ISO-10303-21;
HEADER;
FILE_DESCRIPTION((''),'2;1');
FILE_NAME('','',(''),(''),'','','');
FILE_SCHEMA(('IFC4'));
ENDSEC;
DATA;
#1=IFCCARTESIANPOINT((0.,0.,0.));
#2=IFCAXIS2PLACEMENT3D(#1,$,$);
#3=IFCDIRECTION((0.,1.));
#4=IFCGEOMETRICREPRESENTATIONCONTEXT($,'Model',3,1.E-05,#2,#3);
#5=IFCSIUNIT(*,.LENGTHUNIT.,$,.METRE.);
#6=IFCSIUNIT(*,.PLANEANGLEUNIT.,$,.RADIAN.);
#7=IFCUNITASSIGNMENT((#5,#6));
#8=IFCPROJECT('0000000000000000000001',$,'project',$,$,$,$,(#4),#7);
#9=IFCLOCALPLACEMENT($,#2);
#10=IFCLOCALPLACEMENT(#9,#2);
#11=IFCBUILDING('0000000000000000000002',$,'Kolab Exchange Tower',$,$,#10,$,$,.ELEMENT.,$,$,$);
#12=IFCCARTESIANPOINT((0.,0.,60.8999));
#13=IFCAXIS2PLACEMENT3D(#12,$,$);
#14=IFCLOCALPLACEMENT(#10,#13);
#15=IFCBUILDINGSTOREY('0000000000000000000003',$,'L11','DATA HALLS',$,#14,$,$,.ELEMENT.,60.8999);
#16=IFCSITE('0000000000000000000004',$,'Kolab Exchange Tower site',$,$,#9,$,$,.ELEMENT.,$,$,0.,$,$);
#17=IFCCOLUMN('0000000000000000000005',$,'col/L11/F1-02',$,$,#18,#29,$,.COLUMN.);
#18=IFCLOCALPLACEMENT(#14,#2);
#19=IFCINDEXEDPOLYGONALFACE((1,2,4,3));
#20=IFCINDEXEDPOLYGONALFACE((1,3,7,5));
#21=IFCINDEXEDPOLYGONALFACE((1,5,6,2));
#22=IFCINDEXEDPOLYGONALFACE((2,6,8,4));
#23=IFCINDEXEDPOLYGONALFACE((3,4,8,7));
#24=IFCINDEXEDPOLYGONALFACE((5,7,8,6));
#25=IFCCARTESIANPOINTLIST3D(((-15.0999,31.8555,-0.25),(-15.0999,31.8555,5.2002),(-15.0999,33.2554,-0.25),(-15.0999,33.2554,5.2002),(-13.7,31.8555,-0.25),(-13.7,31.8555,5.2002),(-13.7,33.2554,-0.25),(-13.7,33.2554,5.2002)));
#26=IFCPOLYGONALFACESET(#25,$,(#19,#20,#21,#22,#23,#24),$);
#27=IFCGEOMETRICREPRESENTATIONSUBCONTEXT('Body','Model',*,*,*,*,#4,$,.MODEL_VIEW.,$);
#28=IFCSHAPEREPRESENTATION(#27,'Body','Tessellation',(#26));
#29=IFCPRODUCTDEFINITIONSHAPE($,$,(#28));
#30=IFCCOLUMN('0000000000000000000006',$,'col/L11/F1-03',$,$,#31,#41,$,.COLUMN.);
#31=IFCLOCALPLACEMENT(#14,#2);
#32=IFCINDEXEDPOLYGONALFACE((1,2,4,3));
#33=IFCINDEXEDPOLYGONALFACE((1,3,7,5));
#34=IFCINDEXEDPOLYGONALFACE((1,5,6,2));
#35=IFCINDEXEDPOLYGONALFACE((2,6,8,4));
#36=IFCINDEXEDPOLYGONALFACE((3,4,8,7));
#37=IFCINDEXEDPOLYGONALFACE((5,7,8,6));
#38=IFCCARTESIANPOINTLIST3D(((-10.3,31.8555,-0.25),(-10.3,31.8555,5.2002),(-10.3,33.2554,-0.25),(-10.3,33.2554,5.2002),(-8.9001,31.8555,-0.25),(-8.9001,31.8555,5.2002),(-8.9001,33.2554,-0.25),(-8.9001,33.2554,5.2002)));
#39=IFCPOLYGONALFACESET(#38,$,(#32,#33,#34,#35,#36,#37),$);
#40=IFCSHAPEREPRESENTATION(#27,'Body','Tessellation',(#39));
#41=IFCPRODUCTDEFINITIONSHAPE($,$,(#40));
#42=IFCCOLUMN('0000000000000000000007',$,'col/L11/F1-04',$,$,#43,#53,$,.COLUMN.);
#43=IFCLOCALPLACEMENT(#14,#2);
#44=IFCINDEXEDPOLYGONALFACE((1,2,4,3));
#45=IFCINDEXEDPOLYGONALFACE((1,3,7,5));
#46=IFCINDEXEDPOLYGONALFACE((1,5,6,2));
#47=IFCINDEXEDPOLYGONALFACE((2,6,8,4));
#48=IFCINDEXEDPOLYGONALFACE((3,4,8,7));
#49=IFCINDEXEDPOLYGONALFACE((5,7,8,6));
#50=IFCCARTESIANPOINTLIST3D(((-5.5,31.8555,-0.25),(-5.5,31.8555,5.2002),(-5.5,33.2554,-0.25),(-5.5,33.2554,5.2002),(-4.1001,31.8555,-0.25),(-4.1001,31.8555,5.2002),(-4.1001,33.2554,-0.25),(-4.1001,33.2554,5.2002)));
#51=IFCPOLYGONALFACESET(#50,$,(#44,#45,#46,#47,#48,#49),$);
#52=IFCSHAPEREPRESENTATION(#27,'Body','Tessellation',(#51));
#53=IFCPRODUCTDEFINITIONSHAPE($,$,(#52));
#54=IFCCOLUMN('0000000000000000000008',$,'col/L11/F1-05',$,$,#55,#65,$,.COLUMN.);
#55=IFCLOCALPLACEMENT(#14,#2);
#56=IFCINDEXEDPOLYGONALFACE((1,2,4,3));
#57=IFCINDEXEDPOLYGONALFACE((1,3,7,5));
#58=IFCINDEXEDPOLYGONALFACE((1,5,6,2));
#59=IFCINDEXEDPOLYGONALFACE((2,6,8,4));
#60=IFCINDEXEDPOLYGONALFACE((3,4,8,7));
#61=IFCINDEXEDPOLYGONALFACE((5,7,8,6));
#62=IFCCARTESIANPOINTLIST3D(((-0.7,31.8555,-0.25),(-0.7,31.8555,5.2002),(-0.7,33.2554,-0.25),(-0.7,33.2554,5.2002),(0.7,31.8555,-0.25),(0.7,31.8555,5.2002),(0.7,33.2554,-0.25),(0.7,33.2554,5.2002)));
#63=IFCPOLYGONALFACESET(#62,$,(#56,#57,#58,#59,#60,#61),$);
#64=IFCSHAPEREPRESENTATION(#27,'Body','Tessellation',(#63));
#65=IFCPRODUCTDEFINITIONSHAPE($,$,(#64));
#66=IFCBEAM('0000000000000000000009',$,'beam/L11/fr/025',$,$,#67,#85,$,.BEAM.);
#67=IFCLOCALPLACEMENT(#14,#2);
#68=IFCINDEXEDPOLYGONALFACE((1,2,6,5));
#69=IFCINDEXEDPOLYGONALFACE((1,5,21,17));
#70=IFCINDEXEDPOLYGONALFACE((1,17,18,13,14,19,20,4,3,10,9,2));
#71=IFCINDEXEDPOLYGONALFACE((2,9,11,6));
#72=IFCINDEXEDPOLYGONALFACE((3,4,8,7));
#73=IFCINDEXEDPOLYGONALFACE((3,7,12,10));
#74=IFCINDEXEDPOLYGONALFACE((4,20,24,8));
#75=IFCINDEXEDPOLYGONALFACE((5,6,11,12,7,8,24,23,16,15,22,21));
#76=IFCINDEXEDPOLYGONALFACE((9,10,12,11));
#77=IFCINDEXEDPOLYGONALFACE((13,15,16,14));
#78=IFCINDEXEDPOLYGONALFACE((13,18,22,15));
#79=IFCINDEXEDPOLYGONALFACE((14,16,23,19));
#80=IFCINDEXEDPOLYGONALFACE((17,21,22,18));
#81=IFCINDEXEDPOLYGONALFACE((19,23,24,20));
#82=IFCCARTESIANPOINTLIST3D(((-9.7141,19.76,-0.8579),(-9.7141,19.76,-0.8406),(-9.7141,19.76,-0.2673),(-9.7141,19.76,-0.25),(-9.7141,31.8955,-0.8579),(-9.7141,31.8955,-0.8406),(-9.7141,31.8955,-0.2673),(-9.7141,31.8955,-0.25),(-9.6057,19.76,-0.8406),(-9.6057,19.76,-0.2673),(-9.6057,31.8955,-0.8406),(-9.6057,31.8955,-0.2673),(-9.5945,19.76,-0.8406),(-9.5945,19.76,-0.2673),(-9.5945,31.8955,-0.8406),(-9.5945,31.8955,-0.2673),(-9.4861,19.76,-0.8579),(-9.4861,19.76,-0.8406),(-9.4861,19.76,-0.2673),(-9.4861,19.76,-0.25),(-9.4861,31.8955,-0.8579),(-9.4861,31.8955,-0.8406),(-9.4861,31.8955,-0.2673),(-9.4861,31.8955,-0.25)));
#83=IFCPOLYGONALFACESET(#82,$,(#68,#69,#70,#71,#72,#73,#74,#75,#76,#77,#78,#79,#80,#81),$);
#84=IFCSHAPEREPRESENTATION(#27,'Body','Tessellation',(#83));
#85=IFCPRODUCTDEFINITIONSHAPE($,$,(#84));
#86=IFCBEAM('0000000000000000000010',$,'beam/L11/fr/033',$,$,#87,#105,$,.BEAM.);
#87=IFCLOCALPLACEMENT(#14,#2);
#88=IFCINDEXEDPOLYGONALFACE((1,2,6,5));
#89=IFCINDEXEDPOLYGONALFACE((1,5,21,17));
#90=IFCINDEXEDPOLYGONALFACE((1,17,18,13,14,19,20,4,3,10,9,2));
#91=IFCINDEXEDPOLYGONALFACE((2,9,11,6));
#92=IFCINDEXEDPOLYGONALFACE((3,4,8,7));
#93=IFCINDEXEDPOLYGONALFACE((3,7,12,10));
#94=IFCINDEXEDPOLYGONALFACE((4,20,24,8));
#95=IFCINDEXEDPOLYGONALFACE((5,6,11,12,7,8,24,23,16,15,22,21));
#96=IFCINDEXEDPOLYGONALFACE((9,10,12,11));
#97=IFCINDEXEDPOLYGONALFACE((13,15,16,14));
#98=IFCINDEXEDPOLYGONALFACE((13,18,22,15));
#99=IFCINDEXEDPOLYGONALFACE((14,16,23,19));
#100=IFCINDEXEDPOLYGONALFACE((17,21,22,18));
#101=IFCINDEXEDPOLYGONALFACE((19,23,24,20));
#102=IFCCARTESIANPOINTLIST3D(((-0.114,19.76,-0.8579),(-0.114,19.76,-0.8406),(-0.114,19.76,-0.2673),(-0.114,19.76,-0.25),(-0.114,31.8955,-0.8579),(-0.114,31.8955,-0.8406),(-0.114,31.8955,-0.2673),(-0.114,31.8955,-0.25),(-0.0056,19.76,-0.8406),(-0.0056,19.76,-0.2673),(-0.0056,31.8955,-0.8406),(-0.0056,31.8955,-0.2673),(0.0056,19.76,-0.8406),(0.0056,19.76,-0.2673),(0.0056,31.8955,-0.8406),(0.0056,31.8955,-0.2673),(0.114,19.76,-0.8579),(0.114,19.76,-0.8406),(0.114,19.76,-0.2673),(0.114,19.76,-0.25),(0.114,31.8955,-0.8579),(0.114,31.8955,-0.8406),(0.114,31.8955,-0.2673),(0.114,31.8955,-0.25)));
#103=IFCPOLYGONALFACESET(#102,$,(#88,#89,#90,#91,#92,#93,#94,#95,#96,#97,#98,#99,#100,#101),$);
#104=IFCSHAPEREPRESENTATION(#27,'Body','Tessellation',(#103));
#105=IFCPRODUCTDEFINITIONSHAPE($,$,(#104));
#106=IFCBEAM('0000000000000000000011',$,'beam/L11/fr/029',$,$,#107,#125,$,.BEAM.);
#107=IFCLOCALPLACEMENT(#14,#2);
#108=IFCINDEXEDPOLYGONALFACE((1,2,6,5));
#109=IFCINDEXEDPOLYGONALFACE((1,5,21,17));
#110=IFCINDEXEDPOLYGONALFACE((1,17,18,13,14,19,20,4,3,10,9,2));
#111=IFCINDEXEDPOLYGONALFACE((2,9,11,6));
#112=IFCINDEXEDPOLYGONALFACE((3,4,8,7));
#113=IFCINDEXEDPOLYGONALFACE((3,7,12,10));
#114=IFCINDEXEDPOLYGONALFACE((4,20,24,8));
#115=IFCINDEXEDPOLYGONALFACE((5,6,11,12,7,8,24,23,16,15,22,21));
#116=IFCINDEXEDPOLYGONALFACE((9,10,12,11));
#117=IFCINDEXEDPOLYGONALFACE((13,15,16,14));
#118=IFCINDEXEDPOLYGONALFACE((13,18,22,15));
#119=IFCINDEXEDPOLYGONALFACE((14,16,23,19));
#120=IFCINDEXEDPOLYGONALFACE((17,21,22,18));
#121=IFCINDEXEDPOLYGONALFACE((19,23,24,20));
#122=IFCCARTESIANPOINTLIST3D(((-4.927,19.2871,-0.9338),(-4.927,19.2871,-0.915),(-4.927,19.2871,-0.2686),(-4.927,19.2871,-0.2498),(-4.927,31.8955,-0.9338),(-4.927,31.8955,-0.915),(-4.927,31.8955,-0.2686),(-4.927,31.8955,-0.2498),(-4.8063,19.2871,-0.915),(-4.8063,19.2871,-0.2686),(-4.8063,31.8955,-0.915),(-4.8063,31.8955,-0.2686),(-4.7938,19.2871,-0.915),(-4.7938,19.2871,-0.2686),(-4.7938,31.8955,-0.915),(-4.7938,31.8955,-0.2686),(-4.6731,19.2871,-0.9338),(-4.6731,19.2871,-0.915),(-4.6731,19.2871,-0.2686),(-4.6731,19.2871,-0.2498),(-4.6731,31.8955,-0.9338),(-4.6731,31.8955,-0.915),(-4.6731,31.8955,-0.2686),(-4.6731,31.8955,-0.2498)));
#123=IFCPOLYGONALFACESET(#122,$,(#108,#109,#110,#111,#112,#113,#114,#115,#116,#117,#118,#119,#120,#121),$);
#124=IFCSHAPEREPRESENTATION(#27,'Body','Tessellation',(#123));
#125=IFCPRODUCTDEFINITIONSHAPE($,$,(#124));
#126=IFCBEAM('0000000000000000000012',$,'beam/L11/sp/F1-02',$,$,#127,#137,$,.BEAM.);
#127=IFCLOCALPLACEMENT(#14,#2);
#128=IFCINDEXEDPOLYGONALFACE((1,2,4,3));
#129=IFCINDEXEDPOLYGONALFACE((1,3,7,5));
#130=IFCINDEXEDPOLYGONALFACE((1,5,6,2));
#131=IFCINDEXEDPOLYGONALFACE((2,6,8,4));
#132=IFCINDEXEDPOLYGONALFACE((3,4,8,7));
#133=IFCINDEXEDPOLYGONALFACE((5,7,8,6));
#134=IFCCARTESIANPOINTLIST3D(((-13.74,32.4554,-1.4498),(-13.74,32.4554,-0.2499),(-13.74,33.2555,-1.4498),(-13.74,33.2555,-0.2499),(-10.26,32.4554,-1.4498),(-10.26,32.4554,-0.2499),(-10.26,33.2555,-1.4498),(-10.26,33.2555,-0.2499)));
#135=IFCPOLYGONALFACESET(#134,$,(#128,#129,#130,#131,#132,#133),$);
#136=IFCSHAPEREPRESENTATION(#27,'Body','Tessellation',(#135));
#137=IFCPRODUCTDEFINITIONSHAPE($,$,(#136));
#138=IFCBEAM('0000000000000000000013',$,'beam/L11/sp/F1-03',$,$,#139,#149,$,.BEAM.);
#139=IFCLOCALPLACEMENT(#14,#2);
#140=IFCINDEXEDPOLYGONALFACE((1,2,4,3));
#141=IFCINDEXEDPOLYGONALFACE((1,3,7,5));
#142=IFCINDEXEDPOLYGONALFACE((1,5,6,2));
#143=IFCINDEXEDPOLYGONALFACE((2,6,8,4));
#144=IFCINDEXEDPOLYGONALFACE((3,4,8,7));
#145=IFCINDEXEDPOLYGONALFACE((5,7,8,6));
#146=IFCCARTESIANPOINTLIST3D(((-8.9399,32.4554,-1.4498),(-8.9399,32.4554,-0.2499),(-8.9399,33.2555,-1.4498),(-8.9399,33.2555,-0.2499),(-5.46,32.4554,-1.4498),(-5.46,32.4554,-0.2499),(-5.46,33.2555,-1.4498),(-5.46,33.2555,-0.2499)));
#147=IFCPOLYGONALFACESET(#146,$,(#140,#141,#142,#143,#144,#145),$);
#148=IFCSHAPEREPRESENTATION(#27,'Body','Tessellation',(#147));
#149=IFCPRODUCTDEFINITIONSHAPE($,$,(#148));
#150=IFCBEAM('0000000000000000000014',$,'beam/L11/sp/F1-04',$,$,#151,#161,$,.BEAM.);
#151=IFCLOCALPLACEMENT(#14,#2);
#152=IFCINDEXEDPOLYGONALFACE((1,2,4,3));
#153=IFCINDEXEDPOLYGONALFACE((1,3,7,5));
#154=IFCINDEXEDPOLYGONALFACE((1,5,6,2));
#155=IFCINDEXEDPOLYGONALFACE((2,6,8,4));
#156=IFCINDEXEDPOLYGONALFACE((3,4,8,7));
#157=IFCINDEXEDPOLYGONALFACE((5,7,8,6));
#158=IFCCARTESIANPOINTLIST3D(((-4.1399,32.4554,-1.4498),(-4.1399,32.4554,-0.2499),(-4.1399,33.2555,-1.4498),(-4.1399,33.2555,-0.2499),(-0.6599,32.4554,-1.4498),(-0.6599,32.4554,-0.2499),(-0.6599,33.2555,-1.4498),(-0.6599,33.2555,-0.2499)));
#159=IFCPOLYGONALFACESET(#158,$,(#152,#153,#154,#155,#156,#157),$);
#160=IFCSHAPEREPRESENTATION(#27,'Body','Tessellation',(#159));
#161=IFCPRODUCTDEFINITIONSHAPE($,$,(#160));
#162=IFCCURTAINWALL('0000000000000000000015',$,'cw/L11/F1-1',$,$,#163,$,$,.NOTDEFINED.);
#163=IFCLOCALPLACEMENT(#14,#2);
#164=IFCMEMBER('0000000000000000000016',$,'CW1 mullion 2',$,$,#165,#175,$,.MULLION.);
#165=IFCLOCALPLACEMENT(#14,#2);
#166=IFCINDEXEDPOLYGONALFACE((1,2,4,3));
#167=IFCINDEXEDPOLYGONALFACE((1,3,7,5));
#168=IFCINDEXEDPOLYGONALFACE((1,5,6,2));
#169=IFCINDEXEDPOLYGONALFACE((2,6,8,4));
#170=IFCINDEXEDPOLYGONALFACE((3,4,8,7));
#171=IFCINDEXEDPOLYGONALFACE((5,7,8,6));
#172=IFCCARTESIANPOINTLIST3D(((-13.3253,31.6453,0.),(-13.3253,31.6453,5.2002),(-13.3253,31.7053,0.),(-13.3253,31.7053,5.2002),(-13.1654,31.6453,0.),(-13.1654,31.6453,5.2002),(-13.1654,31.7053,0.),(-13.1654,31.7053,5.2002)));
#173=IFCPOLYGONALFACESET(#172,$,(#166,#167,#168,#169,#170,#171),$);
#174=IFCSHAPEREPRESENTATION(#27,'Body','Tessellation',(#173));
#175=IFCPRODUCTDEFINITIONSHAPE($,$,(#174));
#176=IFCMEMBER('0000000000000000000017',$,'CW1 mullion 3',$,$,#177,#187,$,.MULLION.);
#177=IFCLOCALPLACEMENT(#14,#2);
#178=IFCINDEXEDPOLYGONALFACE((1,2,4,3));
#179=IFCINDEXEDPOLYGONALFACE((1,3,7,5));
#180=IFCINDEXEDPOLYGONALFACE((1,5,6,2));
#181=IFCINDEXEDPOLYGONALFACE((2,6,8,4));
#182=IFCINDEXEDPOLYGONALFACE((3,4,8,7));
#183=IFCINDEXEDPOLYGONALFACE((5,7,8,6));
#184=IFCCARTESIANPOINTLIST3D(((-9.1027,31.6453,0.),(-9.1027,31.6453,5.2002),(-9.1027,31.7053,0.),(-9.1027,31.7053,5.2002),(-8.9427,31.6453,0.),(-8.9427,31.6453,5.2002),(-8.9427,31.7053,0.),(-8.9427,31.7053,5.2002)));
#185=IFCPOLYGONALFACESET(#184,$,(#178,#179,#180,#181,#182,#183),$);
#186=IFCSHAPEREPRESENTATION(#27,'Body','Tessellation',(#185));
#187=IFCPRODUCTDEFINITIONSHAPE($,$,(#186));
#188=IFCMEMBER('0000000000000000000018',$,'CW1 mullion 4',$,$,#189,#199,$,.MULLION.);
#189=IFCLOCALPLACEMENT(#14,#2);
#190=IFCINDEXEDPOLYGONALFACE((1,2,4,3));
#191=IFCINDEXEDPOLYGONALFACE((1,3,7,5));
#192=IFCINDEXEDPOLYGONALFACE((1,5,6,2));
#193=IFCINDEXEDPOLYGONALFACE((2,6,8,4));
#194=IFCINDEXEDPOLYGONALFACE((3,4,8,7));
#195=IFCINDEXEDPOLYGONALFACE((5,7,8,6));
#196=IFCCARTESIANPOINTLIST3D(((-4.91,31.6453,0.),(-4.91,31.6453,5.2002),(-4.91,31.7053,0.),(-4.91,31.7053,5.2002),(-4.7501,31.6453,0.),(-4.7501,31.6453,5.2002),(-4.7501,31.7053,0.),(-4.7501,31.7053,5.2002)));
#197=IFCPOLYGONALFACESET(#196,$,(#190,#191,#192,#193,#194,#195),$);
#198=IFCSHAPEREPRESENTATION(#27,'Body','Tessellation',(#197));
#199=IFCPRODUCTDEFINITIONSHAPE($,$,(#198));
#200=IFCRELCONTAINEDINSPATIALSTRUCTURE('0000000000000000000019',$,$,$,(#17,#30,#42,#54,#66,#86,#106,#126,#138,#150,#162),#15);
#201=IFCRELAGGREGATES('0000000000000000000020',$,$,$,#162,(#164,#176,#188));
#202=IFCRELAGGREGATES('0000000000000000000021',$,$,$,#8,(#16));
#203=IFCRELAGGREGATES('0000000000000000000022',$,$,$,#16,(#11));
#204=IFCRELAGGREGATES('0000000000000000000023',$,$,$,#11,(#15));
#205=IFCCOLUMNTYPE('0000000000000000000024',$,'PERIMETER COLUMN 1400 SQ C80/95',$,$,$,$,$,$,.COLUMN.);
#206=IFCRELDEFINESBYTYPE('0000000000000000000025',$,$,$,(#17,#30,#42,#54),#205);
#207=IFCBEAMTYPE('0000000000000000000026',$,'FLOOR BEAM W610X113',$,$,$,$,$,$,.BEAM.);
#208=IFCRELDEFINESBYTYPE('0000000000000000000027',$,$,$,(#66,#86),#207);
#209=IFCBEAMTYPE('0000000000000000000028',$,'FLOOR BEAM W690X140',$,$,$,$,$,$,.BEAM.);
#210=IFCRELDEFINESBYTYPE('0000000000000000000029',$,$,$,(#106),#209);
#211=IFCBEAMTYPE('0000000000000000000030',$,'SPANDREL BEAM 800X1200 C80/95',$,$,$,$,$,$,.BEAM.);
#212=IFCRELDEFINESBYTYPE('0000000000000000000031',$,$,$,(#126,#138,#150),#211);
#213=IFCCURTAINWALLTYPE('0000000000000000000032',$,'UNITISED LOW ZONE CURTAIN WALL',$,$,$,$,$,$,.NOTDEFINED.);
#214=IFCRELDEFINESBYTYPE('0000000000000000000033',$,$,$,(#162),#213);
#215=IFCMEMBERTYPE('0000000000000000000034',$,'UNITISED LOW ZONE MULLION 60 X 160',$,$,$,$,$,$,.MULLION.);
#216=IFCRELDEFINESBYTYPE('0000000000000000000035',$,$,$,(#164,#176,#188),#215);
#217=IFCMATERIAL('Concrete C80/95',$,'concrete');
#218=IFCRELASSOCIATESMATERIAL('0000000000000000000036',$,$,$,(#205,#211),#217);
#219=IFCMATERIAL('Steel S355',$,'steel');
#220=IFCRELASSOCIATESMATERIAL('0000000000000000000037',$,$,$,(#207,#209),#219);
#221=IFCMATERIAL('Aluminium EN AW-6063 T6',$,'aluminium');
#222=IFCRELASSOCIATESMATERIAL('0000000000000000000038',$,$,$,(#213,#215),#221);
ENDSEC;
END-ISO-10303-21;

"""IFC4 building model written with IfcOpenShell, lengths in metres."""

from ifc_helpers import new_model, si_unit, direction, frame, origin, origin_2d, place, context, subcontext, project, spatial, rectangle, i_section, extrude, material, material_profile, profile_set, type_object, element, aggregate, save


model = new_model("IFC4")

# Units and contexts
model_context = context("Model", 3, precision=1e-05, world=origin(), true_north=direction((0.0, 1.0)))
body_context = subcontext(model_context, "Body", "Model", "MODEL_VIEW")
ifc_project = project(units=[si_unit("LENGTHUNIT", "METRE"), si_unit("PLANEANGLEUNIT", "RADIAN")], contexts=[model_context])

# Site, building, storey
site_placement = place(None, origin())
site = spatial("IfcSite", under=ifc_project, at=site_placement, Name="Kolab Exchange Tower site", CompositionType="ELEMENT", RefElevation=0.0)
building_placement = place(site_placement, origin())
building = spatial("IfcBuilding", under=site, at=building_placement, Name="Kolab Exchange Tower", CompositionType="ELEMENT")
storey_placement = place(building_placement, frame((0.0, 0.0, 60.8999)))
storey = spatial("IfcBuildingStorey", under=building, at=storey_placement, Name="L11", Description="DATA HALLS", CompositionType="ELEMENT", Elevation=60.8999)

# Columns
ifc_material_1 = material(Name="Concrete C80/95", Category="concrete")
ifc_material_profile_1 = material_profile(ifc_material_1, rectangle(XDim=1.3999, YDim=1.3999, at=origin_2d()), Name="RC1400")
ifc_profile_set_1 = profile_set([ifc_material_profile_1], Name="Concrete C80/95")
column_type = type_object("IfcColumnType", Name="PERIMETER COLUMN 1400 SQ C80/95", PredefinedType="COLUMN", material=ifc_profile_set_1)
for number, where, z_axis, x_axis, name in (
    (1, (-14.3999, 32.5554, -0.25), (0.0, 0.0, 1.0), (1.0, 0.0, 0.0), "col/L11/F1-02"),
    (2, (-9.6001, 32.5554, -0.25), (0.0, 0.0, 1.0), (1.0, 0.0, 0.0), "col/L11/F1-03"),
    (3, (-4.8, 32.5554, -0.25), (0.0, 0.0, 1.0), (1.0, 0.0, 0.0), "col/L11/F1-04"),
    (4, (0.0, 32.5554, -0.25), (0.0, 0.0, 1.0), (1.0, 0.0, 0.0), "col/L11/F1-05"),
):
    element("IfcColumn", number, at=place(storey_placement, frame(where, z_axis=z_axis, x_axis=x_axis)), inside=storey, type_object=column_type, Name=name, PredefinedType="COLUMN", context=body_context, shape_type="SweptSolid", body=[
        extrude(rectangle(XDim=1.3999, YDim=1.3999, at=origin_2d()), origin(), (0.0, 0.0, 1.0), 5.4502),
    ])

# Beams
ifc_material_2 = material(Name="Steel S355", Category="steel")
ifc_material_profile_2 = material_profile(ifc_material_2, i_section(OverallWidth=0.228, OverallDepth=0.6079, WebThickness=0.0112, FlangeThickness=0.0173, at=origin_2d()), Name="W610X113")
ifc_profile_set_2 = profile_set([ifc_material_profile_2], Name="Steel S355")
beam_type_1 = type_object("IfcBeamType", Name="FLOOR BEAM W610X113", PredefinedType="BEAM", material=ifc_profile_set_2)
for number, where, z_axis, x_axis, name in (
    (5, (-9.6001, 19.76, -0.554), (0.0, 1.0, 0.0), (-1.0, 0.0, 0.0), "beam/L11/fr/025"),
    (6, (0.0, 19.76, -0.554), (0.0, 1.0, 0.0), (-1.0, 0.0, 0.0), "beam/L11/fr/033"),
):
    element("IfcBeam", number, at=place(storey_placement, frame(where, z_axis=z_axis, x_axis=x_axis)), inside=storey, type_object=beam_type_1, Name=name, PredefinedType="BEAM", context=body_context, shape_type="SweptSolid", body=[
        extrude(i_section(OverallWidth=0.228, OverallDepth=0.6079, WebThickness=0.0112, FlangeThickness=0.0173, at=origin_2d()), origin(), (0.0, 0.0, 1.0), 12.1355),
    ])
ifc_material_profile_3 = material_profile(ifc_material_2, i_section(OverallWidth=0.2539, OverallDepth=0.6841, WebThickness=0.0125, FlangeThickness=0.0188, at=origin_2d()), Name="W690X140")
ifc_profile_set_3 = profile_set([ifc_material_profile_3], Name="Steel S355")
beam_type_2 = type_object("IfcBeamType", Name="FLOOR BEAM W690X140", PredefinedType="BEAM", material=ifc_profile_set_3)
beam_placement = place(storey_placement, frame((-4.8, 19.2871, -0.5918), z_axis=(0.0, 1.0, 0.0), x_axis=(-1.0, 0.0, 0.0)))
element("IfcBeam", 7, at=beam_placement, inside=storey, type_object=beam_type_2, Name="beam/L11/fr/029", PredefinedType="BEAM", context=body_context, shape_type="SweptSolid", body=[
    extrude(i_section(OverallWidth=0.2539, OverallDepth=0.6841, WebThickness=0.0125, FlangeThickness=0.0188, at=origin_2d()), origin(), (0.0, 0.0, 1.0), 12.6084),
])
ifc_material_profile_4 = material_profile(ifc_material_1, rectangle(XDim=0.8, YDim=1.2, at=origin_2d()), Name="RC800X1200")
ifc_profile_set_4 = profile_set([ifc_material_profile_4], Name="Concrete C80/95")
beam_type_3 = type_object("IfcBeamType", Name="SPANDREL BEAM 800X1200 C80/95", PredefinedType="BEAM", material=ifc_profile_set_4)
for number, where, z_axis, x_axis, name in (
    (8, (-13.74, 32.8555, -0.8499), (1.0, 0.0, 0.0), (0.0, 1.0, 0.0), "beam/L11/sp/F1-02"),
    (9, (-8.9399, 32.8555, -0.8499), (1.0, 0.0, 0.0), (0.0, 1.0, 0.0), "beam/L11/sp/F1-03"),
    (10, (-4.1399, 32.8555, -0.8499), (1.0, 0.0, 0.0), (0.0, 1.0, 0.0), "beam/L11/sp/F1-04"),
):
    element("IfcBeam", number, at=place(storey_placement, frame(where, z_axis=z_axis, x_axis=x_axis)), inside=storey, type_object=beam_type_3, Name=name, PredefinedType="BEAM", context=body_context, shape_type="SweptSolid", body=[
        extrude(rectangle(XDim=0.8, YDim=1.2, at=origin_2d()), origin(), (0.0, 0.0, 1.0), 3.48),
    ])

# Curtain wall, members
ifc_material_3 = material(Name="Aluminium EN AW-6063 T6", Category="aluminium")
curtain_wall_type = type_object("IfcCurtainWallType", Name="UNITISED LOW ZONE CURTAIN WALL", PredefinedType="NOTDEFINED", material=ifc_material_3)
curtain_wall_placement = place(storey_placement, origin())
curtain_wall = element("IfcCurtainWall", 11, at=curtain_wall_placement, inside=storey, type_object=curtain_wall_type, Name="cw/L11/F1-1", PredefinedType="NOTDEFINED")
ifc_material_profile_5 = material_profile(ifc_material_3, rectangle(XDim=0.0601, YDim=0.1599, at=origin_2d()), Name="RECT 60X160")
ifc_profile_set_5 = profile_set([ifc_material_profile_5], Name="Aluminium EN AW-6063 T6")
member_type_1 = type_object("IfcMemberType", Name="UNITISED LOW ZONE MULLION 60 X 160", PredefinedType="MULLION", material=ifc_profile_set_5)
member_1_placement = place(storey_placement, frame((-13.2454, 31.6753, 0.0), z_axis=(0.0, 0.0, 1.0), x_axis=(0.0, 1.0, 0.0)))
member_1 = element("IfcMember", 12, at=member_1_placement, type_object=member_type_1, Name="CW1 mullion 2", PredefinedType="MULLION", context=body_context, shape_type="SweptSolid", body=[
    extrude(rectangle(XDim=0.0601, YDim=0.1599, at=origin_2d()), origin(), (0.0, 0.0, 1.0), 5.2002),
])
member_2_placement = place(storey_placement, frame((-9.0227, 31.6753, 0.0), z_axis=(0.0, 0.0, 1.0), x_axis=(0.0, 1.0, 0.0)))
member_2 = element("IfcMember", 13, at=member_2_placement, type_object=member_type_1, Name="CW1 mullion 3", PredefinedType="MULLION", context=body_context, shape_type="SweptSolid", body=[
    extrude(rectangle(XDim=0.0601, YDim=0.1599, at=origin_2d()), origin(), (0.0, 0.0, 1.0), 5.2002),
])
member_3_placement = place(storey_placement, frame((-4.8301, 31.6753, 0.0), z_axis=(0.0, 0.0, 1.0), x_axis=(0.0, 1.0, 0.0)))
member_3 = element("IfcMember", 14, at=member_3_placement, type_object=member_type_1, Name="CW1 mullion 4", PredefinedType="MULLION", context=body_context, shape_type="SweptSolid", body=[
    extrude(rectangle(XDim=0.0601, YDim=0.1599, at=origin_2d()), origin(), (0.0, 0.0, 1.0), 5.2002),
])
aggregate(curtain_wall, [member_1, member_2, member_3])

save(model, "model.ifc")
